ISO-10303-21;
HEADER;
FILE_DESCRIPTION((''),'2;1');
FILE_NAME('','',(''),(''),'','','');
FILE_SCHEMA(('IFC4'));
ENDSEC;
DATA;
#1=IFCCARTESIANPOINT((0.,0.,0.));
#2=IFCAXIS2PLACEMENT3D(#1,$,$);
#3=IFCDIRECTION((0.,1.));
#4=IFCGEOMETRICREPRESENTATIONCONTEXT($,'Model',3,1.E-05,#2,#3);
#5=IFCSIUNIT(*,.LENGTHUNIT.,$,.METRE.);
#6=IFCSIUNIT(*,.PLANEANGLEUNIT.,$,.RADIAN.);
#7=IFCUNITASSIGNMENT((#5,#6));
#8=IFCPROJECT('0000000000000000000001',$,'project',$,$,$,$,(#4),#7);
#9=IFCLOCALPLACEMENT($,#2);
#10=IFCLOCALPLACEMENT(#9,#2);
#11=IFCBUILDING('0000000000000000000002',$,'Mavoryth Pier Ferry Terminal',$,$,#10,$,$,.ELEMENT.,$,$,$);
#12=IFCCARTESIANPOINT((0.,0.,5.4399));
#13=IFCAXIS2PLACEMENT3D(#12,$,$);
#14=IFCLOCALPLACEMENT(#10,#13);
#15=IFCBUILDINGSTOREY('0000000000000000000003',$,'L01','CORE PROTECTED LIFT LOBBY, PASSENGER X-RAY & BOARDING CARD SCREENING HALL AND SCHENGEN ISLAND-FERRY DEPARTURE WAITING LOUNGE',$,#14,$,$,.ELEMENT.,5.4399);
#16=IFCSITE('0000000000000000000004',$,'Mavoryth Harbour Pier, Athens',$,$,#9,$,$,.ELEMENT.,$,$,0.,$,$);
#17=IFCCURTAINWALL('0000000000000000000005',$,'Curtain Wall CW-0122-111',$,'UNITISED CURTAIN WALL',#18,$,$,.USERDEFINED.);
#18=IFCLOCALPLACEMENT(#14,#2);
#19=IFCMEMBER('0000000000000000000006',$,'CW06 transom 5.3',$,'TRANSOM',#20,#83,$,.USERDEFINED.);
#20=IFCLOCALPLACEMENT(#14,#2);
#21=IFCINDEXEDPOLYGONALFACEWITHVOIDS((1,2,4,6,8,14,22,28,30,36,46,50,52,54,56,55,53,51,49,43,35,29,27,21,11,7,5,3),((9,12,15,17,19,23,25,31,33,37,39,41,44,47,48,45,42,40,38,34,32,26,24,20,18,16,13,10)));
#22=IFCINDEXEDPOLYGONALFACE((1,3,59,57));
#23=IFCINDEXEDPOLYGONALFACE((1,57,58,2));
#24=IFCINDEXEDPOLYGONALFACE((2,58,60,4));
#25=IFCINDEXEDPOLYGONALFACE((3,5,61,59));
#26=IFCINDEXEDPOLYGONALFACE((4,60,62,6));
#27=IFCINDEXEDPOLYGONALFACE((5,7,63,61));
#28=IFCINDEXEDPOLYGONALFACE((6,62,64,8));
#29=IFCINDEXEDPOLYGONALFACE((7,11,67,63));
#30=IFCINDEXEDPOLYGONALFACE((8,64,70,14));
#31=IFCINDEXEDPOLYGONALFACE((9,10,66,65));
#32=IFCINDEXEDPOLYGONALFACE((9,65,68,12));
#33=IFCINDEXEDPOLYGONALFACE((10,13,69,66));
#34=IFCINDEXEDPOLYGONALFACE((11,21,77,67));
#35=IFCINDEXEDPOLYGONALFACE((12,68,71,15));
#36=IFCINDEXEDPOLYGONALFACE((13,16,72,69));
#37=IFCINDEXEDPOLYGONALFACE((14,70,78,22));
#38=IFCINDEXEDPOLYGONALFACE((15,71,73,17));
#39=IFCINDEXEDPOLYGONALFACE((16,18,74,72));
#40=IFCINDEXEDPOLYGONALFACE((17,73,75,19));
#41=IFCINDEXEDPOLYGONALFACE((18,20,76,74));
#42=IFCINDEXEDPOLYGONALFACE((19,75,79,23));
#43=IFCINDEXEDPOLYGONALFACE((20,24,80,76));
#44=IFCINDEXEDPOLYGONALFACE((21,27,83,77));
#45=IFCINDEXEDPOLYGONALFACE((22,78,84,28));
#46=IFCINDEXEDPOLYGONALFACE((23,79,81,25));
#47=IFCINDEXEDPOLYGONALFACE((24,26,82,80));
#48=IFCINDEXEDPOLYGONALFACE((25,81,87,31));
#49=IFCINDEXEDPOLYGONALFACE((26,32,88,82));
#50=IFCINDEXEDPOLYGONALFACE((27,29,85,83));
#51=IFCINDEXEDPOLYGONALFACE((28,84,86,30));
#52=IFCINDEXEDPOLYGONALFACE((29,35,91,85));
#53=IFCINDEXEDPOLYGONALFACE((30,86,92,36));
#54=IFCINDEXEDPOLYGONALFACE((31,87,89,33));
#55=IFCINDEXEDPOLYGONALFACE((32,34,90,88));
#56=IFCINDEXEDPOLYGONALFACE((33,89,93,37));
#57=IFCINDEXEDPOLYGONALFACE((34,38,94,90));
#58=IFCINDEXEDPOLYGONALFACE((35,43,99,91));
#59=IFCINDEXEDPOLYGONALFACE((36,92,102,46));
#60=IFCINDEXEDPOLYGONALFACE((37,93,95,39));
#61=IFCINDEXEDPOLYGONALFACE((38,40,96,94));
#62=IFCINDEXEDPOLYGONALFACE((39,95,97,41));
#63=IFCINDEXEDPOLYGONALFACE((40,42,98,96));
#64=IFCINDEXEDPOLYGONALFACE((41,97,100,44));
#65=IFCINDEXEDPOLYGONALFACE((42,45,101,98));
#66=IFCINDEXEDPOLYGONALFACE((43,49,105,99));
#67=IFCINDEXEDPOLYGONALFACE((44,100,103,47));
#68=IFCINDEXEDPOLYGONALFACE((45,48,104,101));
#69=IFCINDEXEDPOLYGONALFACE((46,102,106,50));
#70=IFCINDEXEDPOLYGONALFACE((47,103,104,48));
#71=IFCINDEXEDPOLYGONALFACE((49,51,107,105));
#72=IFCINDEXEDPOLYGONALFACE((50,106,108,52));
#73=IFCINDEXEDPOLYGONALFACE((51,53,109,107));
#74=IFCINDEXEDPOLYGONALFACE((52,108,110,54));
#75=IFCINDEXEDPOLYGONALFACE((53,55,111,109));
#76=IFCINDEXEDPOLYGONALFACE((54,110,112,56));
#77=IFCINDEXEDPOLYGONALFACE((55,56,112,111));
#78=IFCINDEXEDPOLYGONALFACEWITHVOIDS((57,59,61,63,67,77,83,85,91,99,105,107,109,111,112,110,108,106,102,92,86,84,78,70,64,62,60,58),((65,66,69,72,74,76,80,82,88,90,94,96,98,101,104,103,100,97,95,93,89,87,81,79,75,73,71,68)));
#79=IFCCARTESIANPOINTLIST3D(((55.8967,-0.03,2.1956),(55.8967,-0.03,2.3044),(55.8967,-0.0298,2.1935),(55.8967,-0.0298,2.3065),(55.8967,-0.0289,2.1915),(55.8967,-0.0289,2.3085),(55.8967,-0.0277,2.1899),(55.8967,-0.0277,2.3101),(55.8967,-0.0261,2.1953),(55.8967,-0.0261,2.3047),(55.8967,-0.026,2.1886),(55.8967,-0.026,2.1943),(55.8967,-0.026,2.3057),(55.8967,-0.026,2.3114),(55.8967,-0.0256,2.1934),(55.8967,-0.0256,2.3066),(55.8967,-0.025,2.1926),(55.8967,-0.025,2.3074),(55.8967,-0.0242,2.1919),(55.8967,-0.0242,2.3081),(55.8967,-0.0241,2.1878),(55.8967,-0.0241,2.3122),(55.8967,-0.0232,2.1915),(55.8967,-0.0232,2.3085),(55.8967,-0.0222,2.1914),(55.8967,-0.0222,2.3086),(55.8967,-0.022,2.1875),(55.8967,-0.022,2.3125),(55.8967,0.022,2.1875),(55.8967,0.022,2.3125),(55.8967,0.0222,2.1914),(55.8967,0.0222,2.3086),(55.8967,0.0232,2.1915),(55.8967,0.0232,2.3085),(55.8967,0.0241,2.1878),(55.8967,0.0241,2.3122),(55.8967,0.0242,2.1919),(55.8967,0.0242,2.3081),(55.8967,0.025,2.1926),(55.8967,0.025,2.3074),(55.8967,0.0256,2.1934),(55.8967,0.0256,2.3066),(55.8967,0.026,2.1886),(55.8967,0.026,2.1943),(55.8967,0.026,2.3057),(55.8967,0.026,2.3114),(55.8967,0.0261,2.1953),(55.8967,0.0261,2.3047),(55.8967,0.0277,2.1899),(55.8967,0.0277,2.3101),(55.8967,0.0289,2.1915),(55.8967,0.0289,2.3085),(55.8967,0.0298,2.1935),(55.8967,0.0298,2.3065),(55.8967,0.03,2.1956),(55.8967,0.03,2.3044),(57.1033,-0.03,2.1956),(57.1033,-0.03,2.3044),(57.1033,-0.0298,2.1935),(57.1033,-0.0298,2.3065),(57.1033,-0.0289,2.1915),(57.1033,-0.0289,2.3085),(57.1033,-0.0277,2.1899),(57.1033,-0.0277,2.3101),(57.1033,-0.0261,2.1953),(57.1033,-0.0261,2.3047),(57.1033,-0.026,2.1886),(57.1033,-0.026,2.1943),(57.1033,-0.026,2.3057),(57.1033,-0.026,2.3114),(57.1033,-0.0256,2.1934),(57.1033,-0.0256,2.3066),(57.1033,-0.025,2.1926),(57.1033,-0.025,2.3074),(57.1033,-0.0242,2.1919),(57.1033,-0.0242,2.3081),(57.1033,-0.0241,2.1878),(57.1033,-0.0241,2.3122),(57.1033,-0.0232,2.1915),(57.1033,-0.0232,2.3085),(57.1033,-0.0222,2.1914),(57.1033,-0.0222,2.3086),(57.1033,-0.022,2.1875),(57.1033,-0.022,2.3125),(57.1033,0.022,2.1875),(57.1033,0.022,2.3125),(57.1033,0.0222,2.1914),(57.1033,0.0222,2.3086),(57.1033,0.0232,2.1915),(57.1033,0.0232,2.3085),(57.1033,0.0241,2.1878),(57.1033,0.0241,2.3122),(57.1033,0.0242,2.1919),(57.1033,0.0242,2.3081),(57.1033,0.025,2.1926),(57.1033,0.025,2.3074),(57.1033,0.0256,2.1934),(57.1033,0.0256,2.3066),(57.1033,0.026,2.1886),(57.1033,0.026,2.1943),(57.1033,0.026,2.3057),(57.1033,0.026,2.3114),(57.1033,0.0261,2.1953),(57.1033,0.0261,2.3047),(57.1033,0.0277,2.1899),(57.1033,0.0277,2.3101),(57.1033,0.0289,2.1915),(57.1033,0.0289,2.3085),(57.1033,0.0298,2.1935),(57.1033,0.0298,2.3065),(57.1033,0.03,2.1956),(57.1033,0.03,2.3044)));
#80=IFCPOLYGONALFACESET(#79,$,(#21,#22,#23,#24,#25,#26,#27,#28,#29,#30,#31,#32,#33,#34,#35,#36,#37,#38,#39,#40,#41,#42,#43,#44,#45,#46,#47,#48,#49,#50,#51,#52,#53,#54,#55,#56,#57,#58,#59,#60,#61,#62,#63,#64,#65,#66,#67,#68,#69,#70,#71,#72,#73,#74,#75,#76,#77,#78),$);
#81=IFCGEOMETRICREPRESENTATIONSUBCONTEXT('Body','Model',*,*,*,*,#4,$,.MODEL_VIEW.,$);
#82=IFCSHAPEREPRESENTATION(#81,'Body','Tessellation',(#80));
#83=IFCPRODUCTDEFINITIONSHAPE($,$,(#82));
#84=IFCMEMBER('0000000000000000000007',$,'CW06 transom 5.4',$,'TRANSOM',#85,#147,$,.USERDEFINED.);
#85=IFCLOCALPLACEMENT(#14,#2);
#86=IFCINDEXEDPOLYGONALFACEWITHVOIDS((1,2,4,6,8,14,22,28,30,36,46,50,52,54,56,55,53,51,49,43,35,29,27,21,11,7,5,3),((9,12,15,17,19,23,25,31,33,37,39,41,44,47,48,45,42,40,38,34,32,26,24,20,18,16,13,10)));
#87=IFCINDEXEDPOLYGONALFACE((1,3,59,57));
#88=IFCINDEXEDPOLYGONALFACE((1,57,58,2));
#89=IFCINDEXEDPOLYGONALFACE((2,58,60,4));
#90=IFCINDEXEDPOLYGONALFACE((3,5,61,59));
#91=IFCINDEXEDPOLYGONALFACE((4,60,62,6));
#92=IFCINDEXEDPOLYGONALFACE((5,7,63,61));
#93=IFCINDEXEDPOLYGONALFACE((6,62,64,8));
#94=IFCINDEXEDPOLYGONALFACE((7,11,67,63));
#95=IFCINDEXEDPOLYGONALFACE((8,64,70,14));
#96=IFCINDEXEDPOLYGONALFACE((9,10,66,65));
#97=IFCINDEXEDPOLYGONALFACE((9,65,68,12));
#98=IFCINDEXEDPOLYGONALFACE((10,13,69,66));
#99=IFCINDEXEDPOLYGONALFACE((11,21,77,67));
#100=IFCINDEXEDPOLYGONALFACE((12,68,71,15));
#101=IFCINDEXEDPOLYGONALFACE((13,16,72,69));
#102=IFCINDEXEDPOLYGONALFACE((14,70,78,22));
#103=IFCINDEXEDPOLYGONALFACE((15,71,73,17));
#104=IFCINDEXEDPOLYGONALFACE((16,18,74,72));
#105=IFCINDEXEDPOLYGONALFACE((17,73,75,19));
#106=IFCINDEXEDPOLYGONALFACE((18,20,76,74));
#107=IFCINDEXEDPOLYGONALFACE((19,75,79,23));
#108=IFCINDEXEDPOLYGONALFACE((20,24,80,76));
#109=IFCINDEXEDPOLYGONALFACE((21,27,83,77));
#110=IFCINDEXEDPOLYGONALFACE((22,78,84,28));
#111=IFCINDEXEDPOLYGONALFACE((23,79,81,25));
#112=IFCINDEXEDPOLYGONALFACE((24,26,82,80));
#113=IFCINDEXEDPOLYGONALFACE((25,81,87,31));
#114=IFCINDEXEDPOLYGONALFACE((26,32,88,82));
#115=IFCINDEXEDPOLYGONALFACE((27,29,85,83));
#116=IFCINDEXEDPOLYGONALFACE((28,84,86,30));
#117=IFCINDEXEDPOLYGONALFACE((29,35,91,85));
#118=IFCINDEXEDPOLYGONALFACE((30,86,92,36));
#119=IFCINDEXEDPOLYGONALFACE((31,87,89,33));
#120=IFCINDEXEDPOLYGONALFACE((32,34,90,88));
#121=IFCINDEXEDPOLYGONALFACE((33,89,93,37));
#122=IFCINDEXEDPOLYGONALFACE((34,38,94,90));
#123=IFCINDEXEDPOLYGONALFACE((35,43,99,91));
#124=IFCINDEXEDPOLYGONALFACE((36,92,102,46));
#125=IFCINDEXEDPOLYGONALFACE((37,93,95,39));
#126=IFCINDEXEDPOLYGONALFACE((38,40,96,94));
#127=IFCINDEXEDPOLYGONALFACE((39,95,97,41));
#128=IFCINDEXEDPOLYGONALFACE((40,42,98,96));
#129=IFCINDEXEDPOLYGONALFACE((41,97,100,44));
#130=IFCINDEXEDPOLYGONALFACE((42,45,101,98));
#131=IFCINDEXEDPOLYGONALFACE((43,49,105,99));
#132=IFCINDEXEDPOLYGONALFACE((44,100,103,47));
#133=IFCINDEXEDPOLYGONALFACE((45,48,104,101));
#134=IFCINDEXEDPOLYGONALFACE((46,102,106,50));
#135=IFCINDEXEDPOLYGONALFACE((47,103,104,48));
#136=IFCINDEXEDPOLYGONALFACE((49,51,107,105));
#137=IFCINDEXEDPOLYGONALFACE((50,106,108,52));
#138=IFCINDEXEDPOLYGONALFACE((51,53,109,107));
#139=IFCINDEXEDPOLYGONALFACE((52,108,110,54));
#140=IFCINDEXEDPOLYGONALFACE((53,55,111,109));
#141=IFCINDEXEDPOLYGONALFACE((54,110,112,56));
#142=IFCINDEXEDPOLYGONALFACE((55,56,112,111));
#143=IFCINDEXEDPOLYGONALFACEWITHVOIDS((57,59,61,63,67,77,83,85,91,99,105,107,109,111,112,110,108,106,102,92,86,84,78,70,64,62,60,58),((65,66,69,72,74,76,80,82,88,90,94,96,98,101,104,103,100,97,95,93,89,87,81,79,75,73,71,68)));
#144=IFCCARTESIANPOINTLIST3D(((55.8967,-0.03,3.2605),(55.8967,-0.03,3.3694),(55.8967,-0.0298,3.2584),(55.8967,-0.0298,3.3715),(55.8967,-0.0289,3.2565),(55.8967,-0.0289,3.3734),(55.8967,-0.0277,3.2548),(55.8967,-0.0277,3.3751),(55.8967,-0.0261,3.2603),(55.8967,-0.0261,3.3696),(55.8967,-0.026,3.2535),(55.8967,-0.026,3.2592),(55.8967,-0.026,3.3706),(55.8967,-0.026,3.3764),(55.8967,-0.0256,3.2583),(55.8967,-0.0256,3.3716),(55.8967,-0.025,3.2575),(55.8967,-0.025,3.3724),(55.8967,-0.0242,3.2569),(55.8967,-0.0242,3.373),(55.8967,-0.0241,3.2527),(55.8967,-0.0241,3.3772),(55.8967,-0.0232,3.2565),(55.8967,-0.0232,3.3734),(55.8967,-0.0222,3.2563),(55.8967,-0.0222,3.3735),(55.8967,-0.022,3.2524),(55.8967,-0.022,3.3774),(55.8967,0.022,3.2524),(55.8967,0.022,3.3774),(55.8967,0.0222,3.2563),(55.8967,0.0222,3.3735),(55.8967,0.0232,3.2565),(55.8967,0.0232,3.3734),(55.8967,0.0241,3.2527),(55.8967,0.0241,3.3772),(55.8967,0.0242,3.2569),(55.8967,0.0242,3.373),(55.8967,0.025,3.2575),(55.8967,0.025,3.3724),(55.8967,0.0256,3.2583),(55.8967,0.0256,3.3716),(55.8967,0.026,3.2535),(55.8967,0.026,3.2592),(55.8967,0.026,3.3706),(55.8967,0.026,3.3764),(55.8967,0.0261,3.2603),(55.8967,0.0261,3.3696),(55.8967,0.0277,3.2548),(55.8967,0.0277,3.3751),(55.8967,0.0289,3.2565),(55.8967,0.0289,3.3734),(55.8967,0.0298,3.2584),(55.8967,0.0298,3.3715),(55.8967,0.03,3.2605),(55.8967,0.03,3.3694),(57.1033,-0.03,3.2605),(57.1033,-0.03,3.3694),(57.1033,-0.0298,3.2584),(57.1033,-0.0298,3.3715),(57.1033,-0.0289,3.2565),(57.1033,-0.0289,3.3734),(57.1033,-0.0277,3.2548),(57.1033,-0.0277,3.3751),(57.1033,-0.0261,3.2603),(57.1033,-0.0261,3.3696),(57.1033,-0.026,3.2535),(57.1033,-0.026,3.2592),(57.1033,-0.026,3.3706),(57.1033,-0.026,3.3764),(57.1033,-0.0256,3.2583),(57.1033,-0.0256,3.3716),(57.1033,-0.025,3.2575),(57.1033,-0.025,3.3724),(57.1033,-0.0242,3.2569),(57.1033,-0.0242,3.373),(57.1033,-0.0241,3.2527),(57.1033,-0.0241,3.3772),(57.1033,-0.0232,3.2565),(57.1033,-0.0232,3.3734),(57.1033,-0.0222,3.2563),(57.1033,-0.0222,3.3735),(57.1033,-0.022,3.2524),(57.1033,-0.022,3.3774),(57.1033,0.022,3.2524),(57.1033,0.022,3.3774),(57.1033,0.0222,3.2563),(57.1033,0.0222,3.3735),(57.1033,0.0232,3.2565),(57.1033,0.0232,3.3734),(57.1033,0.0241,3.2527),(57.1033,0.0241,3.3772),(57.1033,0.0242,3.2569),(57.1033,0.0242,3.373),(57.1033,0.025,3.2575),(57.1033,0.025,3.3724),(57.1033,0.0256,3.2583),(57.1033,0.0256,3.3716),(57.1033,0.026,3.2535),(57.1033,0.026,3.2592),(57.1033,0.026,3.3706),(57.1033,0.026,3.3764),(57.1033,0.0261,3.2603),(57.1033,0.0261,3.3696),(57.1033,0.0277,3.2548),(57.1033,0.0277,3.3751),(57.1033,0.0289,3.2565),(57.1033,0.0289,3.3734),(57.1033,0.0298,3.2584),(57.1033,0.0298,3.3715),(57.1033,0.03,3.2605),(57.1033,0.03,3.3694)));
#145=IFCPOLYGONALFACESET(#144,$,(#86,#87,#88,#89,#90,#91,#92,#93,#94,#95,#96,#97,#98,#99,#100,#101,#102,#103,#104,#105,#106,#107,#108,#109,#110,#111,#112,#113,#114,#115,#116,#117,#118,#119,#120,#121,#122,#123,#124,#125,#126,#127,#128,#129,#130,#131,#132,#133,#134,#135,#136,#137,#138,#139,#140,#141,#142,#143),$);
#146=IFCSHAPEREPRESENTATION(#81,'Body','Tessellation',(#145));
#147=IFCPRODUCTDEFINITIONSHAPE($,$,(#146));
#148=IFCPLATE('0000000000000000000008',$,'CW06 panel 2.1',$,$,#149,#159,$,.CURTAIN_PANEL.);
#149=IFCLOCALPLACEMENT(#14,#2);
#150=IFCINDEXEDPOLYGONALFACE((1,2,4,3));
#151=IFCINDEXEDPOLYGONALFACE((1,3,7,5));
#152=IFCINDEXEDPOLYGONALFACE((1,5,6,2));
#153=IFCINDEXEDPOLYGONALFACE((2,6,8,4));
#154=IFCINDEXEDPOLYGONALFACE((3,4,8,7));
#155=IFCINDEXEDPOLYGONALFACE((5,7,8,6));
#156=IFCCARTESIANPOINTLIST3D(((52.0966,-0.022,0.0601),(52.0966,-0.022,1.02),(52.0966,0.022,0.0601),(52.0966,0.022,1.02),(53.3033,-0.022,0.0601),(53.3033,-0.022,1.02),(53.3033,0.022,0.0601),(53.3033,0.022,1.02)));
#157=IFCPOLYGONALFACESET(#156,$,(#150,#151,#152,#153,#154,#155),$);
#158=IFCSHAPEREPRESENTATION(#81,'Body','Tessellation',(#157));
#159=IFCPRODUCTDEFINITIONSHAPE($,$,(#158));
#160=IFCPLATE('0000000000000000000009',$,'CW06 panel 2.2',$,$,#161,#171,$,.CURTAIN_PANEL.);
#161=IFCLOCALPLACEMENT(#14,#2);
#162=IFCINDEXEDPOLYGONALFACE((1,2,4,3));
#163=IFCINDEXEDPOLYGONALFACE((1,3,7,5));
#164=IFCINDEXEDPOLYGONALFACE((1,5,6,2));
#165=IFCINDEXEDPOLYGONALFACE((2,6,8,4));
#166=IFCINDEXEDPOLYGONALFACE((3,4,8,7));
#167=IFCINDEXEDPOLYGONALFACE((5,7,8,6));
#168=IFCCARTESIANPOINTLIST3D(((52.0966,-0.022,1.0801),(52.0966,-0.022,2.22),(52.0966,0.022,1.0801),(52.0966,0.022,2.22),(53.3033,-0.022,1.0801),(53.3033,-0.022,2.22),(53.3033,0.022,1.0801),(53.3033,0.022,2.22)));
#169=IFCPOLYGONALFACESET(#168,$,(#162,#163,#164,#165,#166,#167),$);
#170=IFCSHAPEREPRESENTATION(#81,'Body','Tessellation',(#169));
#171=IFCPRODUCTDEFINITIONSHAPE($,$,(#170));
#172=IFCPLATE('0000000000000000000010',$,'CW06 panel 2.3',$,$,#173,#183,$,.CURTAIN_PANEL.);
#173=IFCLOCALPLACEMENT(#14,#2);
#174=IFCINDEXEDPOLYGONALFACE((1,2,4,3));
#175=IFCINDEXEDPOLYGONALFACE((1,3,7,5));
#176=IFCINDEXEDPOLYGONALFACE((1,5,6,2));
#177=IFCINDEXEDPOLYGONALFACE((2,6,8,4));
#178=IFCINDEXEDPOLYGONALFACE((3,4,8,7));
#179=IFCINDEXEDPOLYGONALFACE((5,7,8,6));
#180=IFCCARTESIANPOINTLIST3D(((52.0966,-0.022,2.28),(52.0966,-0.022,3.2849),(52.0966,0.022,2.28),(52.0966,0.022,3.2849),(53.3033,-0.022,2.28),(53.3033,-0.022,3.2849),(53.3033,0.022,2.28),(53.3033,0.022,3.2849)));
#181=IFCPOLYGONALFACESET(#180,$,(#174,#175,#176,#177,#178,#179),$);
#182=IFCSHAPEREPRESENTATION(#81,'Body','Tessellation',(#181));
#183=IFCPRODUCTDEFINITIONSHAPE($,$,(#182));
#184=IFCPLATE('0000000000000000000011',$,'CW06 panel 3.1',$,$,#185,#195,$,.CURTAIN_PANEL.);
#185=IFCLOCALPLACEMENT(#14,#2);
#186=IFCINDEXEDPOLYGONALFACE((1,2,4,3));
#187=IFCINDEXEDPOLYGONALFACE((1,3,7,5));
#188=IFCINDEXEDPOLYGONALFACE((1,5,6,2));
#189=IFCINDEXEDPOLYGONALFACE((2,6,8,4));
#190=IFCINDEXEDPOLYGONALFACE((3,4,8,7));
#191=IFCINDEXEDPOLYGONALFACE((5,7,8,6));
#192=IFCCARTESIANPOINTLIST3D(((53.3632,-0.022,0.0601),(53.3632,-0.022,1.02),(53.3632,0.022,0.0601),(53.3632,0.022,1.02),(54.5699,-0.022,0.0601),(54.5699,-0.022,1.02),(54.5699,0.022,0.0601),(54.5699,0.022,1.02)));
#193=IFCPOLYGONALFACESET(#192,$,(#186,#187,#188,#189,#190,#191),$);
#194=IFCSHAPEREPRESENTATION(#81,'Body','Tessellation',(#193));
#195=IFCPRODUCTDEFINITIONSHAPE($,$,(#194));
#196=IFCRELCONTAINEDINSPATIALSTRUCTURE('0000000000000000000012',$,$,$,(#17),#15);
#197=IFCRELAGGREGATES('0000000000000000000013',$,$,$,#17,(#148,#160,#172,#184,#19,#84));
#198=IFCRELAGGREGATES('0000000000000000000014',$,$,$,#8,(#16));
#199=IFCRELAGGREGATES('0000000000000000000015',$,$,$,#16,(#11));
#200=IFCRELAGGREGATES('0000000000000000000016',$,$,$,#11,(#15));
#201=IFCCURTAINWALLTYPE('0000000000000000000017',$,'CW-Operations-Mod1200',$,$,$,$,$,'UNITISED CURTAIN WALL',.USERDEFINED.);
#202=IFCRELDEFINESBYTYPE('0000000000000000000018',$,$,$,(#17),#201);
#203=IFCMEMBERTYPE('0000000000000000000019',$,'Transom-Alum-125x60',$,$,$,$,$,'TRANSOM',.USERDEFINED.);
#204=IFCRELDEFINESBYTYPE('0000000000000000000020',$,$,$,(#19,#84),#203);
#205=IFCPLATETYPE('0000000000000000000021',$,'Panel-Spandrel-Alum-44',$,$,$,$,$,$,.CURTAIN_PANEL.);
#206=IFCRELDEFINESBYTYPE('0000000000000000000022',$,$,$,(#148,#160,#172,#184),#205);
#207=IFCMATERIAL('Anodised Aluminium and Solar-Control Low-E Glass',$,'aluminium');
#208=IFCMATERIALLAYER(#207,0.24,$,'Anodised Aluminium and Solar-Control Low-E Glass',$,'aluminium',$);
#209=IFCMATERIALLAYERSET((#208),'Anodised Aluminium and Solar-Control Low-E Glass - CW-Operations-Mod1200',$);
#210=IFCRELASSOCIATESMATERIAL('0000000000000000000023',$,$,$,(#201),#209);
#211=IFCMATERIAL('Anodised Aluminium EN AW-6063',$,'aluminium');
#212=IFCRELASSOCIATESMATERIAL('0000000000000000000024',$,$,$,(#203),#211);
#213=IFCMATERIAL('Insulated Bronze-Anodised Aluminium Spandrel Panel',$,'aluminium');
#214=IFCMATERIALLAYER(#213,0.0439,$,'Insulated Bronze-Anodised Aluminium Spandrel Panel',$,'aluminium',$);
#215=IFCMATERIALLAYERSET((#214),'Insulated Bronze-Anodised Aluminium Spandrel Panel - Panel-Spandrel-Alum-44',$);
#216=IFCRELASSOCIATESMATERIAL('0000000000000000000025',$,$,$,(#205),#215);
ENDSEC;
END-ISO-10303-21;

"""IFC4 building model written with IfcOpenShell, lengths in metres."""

from ifc_helpers import new_model, si_unit, direction, frame, origin, origin_2d, place, context, subcontext, project, spatial, rectangle, hollow_rectangle, extrude, material, layer, layer_set, material_profile, profile_set, type_object, element, aggregate, save


model = new_model("IFC4")

# Units and contexts
model_context = context("Model", 3, precision=1e-05, world=origin(), true_north=direction((0.0, 1.0)))
body_context = subcontext(model_context, "Body", "Model", "MODEL_VIEW")
ifc_project = project(units=[si_unit("LENGTHUNIT", "METRE"), si_unit("PLANEANGLEUNIT", "RADIAN")], contexts=[model_context])

# Site, building, storey
site_placement = place(None, origin())
site = spatial("IfcSite", under=ifc_project, at=site_placement, Name="Mavoryth Harbour Pier, Athens", CompositionType="ELEMENT", RefElevation=0.0)
building_placement = place(site_placement, origin())
building = spatial("IfcBuilding", under=site, at=building_placement, Name="Mavoryth Pier Ferry Terminal", CompositionType="ELEMENT")
storey_placement = place(building_placement, frame((0.0, 0.0, 5.4399)))
storey = spatial("IfcBuildingStorey", under=building, at=storey_placement, Name="L01", Description="CORE PROTECTED LIFT LOBBY, PASSENGER X-RAY & BOARDING CARD SCREENING HALL AND SCHENGEN ISLAND-FERRY DEPARTURE WAITING LOUNGE", CompositionType="ELEMENT", Elevation=5.4399)

# Curtain wall, members, plates
ifc_material_1 = material(Name="Anodised Aluminium and Solar-Control Low-E Glass", Category="aluminium")
ifc_layer_1 = layer(ifc_material_1, 0.24, Name="Anodised Aluminium and Solar-Control Low-E Glass", Category="aluminium")
ifc_layer_set_1 = layer_set([ifc_layer_1], Name="Anodised Aluminium and Solar-Control Low-E Glass - CW-Operations-Mod1200")
curtain_wall_type = type_object("IfcCurtainWallType", Name="CW-Operations-Mod1200", ElementType="UNITISED CURTAIN WALL", PredefinedType="USERDEFINED", material=ifc_layer_set_1)
curtain_wall_placement = place(storey_placement, origin())
curtain_wall = element("IfcCurtainWall", 1, at=curtain_wall_placement, inside=storey, type_object=curtain_wall_type, Name="Curtain Wall CW-0122-111", ObjectType="UNITISED CURTAIN WALL", PredefinedType="USERDEFINED")
ifc_material_2 = material(Name="Anodised Aluminium EN AW-6063", Category="aluminium")
ifc_material_profile_1 = material_profile(ifc_material_2, hollow_rectangle(XDim=0.0601, YDim=0.125, WallThickness=0.0039, InnerFilletRadius=0.0039, OuterFilletRadius=0.0081, at=origin_2d()), Name="AL-TRAN 125x60x4", Category="aluminium")
ifc_profile_set_1 = profile_set([ifc_material_profile_1], Name="Anodised Aluminium EN AW-6063 - AL-TRAN 125x60x4")
member_type_1 = type_object("IfcMemberType", Name="Transom-Alum-125x60", ElementType="TRANSOM", PredefinedType="USERDEFINED", material=ifc_profile_set_1)
member_1_placement = place(storey_placement, frame((55.8967, 0.0, 2.25), z_axis=(1.0, 0.0, 0.0), x_axis=(0.0, 1.0, 0.0)))
member_1 = element("IfcMember", 2, at=member_1_placement, type_object=member_type_1, Name="CW06 transom 5.3", ObjectType="TRANSOM", PredefinedType="USERDEFINED", context=body_context, shape_type="SweptSolid", body=[
    extrude(hollow_rectangle(XDim=0.0601, YDim=0.125, WallThickness=0.0039, InnerFilletRadius=0.0039, OuterFilletRadius=0.0081, at=origin_2d()), origin(), (0.0, 0.0, 1.0), 1.2065),
])
member_2_placement = place(storey_placement, frame((55.8967, 0.0, 3.3149), z_axis=(1.0, 0.0, 0.0), x_axis=(0.0, 1.0, 0.0)))
member_2 = element("IfcMember", 3, at=member_2_placement, type_object=member_type_1, Name="CW06 transom 5.4", ObjectType="TRANSOM", PredefinedType="USERDEFINED", context=body_context, shape_type="SweptSolid", body=[
    extrude(hollow_rectangle(XDim=0.0601, YDim=0.125, WallThickness=0.0039, InnerFilletRadius=0.0039, OuterFilletRadius=0.0081, at=origin_2d()), origin(), (0.0, 0.0, 1.0), 1.2065),
])
ifc_material_3 = material(Name="Insulated Bronze-Anodised Aluminium Spandrel Panel", Category="aluminium")
ifc_layer_2 = layer(ifc_material_3, 0.0439, Name="Insulated Bronze-Anodised Aluminium Spandrel Panel", Category="aluminium")
ifc_layer_set_2 = layer_set([ifc_layer_2], Name="Insulated Bronze-Anodised Aluminium Spandrel Panel - Panel-Spandrel-Alum-44")
plate_type = type_object("IfcPlateType", Name="Panel-Spandrel-Alum-44", PredefinedType="CURTAIN_PANEL", material=ifc_layer_set_2)
plate_1_placement = place(storey_placement, frame((52.7, 0.0, 0.0601), z_axis=(0.0, 0.0, 1.0), x_axis=(1.0, 0.0, 0.0)))
plate_1 = element("IfcPlate", 4, at=plate_1_placement, type_object=plate_type, Name="CW06 panel 2.1", PredefinedType="CURTAIN_PANEL", context=body_context, shape_type="SweptSolid", body=[
    extrude(rectangle(XDim=1.2068, YDim=0.0439, at=origin_2d()), origin(), (0.0, 0.0, 1.0), 0.96),
])
plate_2_placement = place(storey_placement, frame((52.7, 0.0, 1.0801), z_axis=(0.0, 0.0, 1.0), x_axis=(1.0, 0.0, 0.0)))
plate_2 = element("IfcPlate", 5, at=plate_2_placement, type_object=plate_type, Name="CW06 panel 2.2", PredefinedType="CURTAIN_PANEL", context=body_context, shape_type="SweptSolid", body=[
    extrude(rectangle(XDim=1.2068, YDim=0.0439, at=origin_2d()), origin(), (0.0, 0.0, 1.0), 1.1399),
])
plate_3_placement = place(storey_placement, frame((52.7, 0.0, 2.28), z_axis=(0.0, 0.0, 1.0), x_axis=(1.0, 0.0, 0.0)))
plate_3 = element("IfcPlate", 6, at=plate_3_placement, type_object=plate_type, Name="CW06 panel 2.3", PredefinedType="CURTAIN_PANEL", context=body_context, shape_type="SweptSolid", body=[
    extrude(rectangle(XDim=1.2068, YDim=0.0439, at=origin_2d()), origin(), (0.0, 0.0, 1.0), 1.0049),
])
plate_4_placement = place(storey_placement, frame((53.9666, 0.0, 0.0601), z_axis=(0.0, 0.0, 1.0), x_axis=(1.0, 0.0, 0.0)))
plate_4 = element("IfcPlate", 7, at=plate_4_placement, type_object=plate_type, Name="CW06 panel 3.1", PredefinedType="CURTAIN_PANEL", context=body_context, shape_type="SweptSolid", body=[
    extrude(rectangle(XDim=1.2068, YDim=0.0439, at=origin_2d()), origin(), (0.0, 0.0, 1.0), 0.96),
])
aggregate(curtain_wall, [plate_1, plate_2, plate_3, plate_4, member_1, member_2])

save(model, "model.ifc")
